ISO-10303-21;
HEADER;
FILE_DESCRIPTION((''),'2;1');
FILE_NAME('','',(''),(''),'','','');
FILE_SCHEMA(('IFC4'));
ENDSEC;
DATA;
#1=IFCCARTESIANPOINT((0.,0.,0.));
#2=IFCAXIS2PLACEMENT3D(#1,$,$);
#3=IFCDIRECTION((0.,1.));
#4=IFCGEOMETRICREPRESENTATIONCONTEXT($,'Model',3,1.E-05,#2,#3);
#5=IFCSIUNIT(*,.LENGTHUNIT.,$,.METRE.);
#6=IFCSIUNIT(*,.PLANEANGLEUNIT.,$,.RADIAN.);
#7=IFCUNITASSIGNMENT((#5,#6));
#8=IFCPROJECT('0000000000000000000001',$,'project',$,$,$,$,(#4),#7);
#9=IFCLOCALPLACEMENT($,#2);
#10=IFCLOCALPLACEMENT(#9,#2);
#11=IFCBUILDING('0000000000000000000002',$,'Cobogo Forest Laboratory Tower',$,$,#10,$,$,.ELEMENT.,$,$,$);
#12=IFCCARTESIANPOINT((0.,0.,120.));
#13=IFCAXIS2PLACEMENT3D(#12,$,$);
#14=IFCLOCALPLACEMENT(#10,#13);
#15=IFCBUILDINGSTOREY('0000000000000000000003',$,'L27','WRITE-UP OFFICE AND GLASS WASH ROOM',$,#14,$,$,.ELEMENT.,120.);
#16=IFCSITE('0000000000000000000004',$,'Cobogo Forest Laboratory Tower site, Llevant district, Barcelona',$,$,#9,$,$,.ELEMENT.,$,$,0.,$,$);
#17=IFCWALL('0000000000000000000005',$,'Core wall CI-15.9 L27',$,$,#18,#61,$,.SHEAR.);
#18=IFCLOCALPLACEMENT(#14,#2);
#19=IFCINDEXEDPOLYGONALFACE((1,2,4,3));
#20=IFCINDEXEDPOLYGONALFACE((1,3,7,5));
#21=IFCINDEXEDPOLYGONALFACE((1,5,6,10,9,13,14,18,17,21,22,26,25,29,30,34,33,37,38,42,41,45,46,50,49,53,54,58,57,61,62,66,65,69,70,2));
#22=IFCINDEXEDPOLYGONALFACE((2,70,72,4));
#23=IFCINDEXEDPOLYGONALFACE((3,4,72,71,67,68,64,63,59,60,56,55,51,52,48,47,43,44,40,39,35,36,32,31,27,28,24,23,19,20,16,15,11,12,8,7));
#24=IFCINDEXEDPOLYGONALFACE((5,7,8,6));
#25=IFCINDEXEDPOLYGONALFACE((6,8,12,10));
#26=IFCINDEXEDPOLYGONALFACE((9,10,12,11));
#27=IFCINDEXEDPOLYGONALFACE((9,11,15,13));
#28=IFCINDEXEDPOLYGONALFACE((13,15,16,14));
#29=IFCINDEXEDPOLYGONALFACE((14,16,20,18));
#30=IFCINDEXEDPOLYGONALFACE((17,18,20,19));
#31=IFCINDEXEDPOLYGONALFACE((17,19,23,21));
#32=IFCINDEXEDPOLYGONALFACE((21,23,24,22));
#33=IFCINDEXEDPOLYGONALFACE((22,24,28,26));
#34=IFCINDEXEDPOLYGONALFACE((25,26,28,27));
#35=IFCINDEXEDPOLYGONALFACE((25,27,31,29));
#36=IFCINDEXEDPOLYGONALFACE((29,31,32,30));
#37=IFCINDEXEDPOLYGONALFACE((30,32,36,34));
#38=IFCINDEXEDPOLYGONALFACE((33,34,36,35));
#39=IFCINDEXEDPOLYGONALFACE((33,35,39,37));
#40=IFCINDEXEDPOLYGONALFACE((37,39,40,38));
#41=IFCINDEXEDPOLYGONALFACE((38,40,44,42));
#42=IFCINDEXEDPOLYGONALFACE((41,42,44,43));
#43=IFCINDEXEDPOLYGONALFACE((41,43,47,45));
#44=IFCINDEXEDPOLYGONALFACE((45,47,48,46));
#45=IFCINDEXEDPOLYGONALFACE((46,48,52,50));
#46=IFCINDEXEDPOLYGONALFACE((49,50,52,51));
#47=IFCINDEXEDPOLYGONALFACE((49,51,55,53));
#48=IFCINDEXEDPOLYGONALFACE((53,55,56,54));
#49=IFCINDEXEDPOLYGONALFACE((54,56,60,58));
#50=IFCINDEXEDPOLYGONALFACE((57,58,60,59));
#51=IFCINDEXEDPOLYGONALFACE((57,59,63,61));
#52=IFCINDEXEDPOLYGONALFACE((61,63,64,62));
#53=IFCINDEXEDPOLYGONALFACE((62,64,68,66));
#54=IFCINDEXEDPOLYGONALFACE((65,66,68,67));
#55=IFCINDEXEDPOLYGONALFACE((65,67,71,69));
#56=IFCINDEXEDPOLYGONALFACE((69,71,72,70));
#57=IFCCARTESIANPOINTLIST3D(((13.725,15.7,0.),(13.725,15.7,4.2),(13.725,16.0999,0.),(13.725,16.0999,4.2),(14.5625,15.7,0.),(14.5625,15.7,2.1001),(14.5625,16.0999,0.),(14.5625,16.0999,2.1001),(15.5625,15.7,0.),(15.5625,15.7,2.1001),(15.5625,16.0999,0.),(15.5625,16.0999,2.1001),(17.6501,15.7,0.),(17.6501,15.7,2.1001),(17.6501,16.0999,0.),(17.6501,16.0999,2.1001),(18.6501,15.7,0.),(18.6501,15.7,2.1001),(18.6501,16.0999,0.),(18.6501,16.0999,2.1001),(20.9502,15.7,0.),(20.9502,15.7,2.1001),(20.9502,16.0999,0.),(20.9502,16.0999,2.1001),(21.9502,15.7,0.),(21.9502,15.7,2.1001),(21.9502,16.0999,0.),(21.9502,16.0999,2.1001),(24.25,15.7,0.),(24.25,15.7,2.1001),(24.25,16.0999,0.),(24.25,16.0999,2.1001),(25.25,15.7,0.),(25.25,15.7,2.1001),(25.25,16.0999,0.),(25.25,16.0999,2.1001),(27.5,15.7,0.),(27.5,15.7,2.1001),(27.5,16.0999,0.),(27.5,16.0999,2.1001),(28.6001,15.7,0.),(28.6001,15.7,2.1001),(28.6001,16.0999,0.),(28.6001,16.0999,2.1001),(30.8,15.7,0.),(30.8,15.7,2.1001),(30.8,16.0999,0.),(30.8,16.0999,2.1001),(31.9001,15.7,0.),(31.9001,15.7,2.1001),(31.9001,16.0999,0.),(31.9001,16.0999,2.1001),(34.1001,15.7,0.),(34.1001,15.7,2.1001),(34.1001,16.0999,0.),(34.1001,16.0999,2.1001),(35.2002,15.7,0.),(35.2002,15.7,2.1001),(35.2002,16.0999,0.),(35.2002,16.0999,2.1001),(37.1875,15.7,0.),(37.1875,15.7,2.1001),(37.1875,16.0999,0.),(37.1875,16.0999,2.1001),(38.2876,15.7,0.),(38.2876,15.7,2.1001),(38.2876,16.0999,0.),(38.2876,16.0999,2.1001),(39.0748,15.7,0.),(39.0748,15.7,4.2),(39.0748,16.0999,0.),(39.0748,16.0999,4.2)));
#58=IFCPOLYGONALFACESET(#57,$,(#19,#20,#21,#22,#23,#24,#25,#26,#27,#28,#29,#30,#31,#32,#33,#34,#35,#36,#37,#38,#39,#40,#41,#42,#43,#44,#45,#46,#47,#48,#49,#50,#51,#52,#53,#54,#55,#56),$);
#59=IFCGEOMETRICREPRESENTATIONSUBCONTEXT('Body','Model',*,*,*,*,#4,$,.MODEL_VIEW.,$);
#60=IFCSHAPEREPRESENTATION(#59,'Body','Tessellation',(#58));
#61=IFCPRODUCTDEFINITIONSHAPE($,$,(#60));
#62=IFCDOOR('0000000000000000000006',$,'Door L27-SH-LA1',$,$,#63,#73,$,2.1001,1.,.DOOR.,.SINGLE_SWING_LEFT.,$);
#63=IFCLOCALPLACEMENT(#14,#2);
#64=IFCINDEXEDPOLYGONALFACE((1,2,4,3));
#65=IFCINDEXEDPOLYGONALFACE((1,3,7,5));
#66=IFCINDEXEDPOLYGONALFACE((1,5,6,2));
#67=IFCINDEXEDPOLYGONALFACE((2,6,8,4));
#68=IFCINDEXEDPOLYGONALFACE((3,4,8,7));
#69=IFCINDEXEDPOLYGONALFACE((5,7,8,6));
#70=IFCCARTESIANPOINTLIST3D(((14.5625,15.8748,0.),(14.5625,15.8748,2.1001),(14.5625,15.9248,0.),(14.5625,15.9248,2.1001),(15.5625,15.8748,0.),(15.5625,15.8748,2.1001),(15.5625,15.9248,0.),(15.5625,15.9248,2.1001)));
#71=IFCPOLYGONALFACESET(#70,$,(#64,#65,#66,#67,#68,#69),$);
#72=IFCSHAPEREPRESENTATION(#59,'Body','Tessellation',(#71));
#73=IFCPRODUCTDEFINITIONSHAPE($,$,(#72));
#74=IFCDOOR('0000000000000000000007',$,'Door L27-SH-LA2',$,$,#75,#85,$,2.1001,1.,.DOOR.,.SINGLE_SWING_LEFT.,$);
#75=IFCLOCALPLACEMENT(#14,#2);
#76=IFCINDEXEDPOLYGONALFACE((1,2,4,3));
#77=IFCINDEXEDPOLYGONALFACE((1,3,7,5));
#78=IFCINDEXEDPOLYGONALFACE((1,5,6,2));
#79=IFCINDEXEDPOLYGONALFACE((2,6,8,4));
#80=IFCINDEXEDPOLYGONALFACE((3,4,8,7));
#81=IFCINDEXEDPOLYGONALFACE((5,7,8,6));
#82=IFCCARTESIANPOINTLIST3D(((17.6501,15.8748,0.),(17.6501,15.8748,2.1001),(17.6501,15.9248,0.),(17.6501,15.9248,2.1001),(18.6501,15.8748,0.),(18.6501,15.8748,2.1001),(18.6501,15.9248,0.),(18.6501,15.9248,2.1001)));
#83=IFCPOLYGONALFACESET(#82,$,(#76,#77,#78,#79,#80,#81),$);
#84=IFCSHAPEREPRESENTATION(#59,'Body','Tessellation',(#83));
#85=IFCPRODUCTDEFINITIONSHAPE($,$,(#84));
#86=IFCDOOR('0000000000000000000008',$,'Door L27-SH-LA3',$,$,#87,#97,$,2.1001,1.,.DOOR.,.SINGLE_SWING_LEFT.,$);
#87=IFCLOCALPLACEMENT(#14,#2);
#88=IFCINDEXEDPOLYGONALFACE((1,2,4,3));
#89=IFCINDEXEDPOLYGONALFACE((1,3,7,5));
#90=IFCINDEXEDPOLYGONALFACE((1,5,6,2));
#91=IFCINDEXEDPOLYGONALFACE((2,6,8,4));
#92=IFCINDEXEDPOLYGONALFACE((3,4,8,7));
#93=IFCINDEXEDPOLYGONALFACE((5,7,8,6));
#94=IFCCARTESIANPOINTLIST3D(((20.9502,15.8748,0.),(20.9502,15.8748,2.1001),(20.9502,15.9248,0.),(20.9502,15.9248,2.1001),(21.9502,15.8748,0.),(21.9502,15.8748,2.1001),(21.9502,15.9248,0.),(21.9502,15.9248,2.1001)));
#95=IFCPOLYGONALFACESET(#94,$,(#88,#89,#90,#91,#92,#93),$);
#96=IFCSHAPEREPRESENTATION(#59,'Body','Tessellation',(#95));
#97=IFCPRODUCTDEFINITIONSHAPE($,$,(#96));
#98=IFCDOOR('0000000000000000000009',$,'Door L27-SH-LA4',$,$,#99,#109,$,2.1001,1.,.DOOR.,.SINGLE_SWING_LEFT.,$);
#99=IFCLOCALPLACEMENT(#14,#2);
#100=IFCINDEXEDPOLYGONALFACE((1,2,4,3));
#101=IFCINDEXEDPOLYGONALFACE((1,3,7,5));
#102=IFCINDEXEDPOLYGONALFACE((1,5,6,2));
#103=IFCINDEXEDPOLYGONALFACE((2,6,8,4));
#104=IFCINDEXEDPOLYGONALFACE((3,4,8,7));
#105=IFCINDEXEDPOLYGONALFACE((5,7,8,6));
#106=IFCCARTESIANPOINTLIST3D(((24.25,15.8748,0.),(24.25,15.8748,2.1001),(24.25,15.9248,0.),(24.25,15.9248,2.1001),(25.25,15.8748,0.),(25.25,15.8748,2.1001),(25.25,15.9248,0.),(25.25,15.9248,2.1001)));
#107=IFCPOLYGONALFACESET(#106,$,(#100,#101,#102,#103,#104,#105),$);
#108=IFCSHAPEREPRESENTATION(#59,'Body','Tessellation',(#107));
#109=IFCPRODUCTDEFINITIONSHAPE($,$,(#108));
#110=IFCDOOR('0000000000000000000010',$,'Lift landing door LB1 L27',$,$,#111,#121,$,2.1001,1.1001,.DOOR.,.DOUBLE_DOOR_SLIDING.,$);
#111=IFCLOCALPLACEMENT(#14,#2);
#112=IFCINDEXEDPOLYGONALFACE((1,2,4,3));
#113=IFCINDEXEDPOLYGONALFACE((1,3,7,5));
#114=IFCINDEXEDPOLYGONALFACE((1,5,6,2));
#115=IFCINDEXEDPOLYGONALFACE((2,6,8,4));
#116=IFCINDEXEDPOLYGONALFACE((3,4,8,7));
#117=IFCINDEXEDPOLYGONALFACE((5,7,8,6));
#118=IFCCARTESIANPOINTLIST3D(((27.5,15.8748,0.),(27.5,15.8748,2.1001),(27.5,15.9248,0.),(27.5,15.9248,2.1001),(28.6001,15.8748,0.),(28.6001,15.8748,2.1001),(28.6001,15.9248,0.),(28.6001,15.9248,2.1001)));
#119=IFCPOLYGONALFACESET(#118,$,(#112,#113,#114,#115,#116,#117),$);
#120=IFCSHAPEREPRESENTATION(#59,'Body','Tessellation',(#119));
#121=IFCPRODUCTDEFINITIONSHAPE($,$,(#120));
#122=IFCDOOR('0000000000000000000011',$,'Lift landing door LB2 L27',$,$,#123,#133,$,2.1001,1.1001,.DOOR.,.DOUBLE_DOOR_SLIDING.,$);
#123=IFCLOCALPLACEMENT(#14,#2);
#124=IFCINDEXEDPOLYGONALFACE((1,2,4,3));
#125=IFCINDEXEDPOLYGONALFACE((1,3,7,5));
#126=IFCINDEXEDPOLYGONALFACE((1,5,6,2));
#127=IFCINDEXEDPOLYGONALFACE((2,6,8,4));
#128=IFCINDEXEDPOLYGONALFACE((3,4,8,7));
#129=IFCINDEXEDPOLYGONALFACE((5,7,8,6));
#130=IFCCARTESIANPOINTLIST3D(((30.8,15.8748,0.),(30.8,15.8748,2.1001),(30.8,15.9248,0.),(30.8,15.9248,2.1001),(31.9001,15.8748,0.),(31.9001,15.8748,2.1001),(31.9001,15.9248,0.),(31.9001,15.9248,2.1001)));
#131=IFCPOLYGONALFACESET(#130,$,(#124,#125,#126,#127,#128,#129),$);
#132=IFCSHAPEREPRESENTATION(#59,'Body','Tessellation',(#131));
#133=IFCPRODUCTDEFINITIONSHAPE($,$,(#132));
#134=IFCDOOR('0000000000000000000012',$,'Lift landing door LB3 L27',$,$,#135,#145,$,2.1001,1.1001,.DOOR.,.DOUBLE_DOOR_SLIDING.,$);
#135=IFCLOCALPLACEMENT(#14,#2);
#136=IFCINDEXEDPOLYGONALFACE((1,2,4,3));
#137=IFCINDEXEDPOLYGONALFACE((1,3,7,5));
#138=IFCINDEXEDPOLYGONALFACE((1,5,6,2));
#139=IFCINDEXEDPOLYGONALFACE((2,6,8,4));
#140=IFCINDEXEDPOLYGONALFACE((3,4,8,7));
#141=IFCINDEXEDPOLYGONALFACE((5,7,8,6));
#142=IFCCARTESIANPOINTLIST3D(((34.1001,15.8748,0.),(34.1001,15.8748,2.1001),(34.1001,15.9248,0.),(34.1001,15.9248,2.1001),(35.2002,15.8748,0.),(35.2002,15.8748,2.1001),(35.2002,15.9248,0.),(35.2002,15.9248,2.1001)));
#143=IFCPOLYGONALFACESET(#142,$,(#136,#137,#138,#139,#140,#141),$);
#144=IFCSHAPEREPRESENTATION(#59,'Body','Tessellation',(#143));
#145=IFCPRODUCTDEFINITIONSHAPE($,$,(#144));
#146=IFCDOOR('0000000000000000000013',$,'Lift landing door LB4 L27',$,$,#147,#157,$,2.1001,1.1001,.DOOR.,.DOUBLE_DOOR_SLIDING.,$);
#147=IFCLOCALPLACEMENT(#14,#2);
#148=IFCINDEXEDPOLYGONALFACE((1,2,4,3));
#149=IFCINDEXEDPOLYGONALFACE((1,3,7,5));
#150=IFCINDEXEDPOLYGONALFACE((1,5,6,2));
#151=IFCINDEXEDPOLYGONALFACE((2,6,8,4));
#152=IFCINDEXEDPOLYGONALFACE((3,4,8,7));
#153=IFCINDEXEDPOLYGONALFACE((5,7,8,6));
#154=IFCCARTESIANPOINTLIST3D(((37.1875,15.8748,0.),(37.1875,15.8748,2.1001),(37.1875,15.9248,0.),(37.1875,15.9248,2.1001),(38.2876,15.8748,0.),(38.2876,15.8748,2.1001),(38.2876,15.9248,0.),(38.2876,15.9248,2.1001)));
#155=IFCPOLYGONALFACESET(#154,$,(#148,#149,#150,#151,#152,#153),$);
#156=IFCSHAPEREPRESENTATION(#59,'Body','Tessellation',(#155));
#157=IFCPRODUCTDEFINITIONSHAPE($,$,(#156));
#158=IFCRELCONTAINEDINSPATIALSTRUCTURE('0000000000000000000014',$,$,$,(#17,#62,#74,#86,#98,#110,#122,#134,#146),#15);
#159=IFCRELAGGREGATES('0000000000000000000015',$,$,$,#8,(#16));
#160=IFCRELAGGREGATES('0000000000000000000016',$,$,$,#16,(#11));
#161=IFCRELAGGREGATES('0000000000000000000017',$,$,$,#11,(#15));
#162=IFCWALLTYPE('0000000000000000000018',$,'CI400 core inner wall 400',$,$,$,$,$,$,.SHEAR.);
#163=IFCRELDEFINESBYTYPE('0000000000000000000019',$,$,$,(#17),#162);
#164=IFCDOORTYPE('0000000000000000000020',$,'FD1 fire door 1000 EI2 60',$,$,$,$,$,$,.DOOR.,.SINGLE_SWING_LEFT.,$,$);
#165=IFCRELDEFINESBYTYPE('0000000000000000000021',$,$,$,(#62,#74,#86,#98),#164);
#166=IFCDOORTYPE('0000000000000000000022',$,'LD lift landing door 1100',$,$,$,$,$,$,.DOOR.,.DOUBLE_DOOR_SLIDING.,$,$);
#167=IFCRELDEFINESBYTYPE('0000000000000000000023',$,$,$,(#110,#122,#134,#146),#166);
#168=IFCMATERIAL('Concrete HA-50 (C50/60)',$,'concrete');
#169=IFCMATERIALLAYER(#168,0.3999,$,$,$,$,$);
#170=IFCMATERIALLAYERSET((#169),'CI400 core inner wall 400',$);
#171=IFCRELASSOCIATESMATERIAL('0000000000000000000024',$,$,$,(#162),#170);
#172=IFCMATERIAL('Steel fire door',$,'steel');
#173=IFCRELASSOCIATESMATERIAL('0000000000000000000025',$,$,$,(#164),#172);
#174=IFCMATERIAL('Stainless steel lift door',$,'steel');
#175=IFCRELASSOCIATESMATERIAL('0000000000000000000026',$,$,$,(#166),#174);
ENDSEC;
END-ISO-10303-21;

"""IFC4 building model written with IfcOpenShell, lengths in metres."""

from ifc_helpers import new_model, si_unit, direction, frame, frame_2d, origin, place, context, subcontext, project, spatial, rectangle, extrude, material, layer, layer_set, type_object, element, fill, save


model = new_model("IFC4")

# Units and contexts
model_context = context("Model", 3, precision=1e-05, world=origin(), true_north=direction((0.0, 1.0)))
body_context = subcontext(model_context, "Body", "Model", "MODEL_VIEW")
ifc_project = project(units=[si_unit("LENGTHUNIT", "METRE"), si_unit("PLANEANGLEUNIT", "RADIAN")], contexts=[model_context])

# Site, building, storey
site_placement = place(None, origin())
site = spatial("IfcSite", under=ifc_project, at=site_placement, Name="Cobogo Forest Laboratory Tower site, Llevant district, Barcelona", CompositionType="ELEMENT", RefElevation=0.0)
building_placement = place(site_placement, origin())
building = spatial("IfcBuilding", under=site, at=building_placement, Name="Cobogo Forest Laboratory Tower", CompositionType="ELEMENT")
storey_placement = place(building_placement, frame((0.0, 0.0, 120.0)))
storey = spatial("IfcBuildingStorey", under=building, at=storey_placement, Name="L27", Description="WRITE-UP OFFICE AND GLASS WASH ROOM", CompositionType="ELEMENT", Elevation=120.0)

# Wall, openings, doors
ifc_material_1 = material(Name="Concrete HA-50 (C50/60)", Category="concrete")
ifc_layer_1 = layer(ifc_material_1, 0.3999)
ifc_layer_set_1 = layer_set([ifc_layer_1], Name="CI400 core inner wall 400")
wall_type_1 = type_object("IfcWallType", Name="CI400 core inner wall 400", PredefinedType="SHEAR", material=ifc_layer_set_1)
wall_1_placement = place(storey_placement, frame((13.7251, 15.8999, 0.0), z_axis=(0.0, 0.0, 1.0), x_axis=(1.0, 0.0, 0.0)))
wall_1 = element("IfcWall", 1, at=wall_1_placement, inside=storey, type_object=wall_type_1, Name="Core wall CI-15.9 L27", PredefinedType="SHEAR", context=body_context, shape_type="SweptSolid", body=[
    extrude(rectangle(XDim=25.3499, YDim=0.3999, at=frame_2d((12.6748, 0.0))), origin(), (0.0, 0.0, 1.0), 4.2),
])
opening_1_placement = place(wall_1_placement, frame((0.8374, 0.0, 0.0)))
opening_1 = element("IfcOpeningElement", 2, at=opening_1_placement, cuts=wall_1, PredefinedType="OPENING", context=body_context, shape_type="SweptSolid", body=[
    extrude(rectangle(XDim=1.0, YDim=2.1001, at=frame_2d((0.5, 1.05))), frame((0.0, 0.21, 0.0), z_axis=(0.0, -1.0, 0.0), x_axis=(1.0, 0.0, 0.0)), (0.0, 0.0, 1.0), 0.4199),
])
opening_2_placement = place(wall_1_placement, frame((3.925, 0.0, 0.0)))
opening_2 = element("IfcOpeningElement", 3, at=opening_2_placement, cuts=wall_1, PredefinedType="OPENING", context=body_context, shape_type="SweptSolid", body=[
    extrude(rectangle(XDim=1.0, YDim=2.1001, at=frame_2d((0.5, 1.05))), frame((0.0, 0.21, 0.0), z_axis=(0.0, -1.0, 0.0), x_axis=(1.0, 0.0, 0.0)), (0.0, 0.0, 1.0), 0.4199),
])
opening_3_placement = place(wall_1_placement, frame((7.2251, 0.0, 0.0)))
opening_3 = element("IfcOpeningElement", 4, at=opening_3_placement, cuts=wall_1, PredefinedType="OPENING", context=body_context, shape_type="SweptSolid", body=[
    extrude(rectangle(XDim=1.0, YDim=2.1001, at=frame_2d((0.5, 1.05))), frame((0.0, 0.21, 0.0), z_axis=(0.0, -1.0, 0.0), x_axis=(1.0, 0.0, 0.0)), (0.0, 0.0, 1.0), 0.4199),
])
opening_4_placement = place(wall_1_placement, frame((10.5249, 0.0, 0.0)))
opening_4 = element("IfcOpeningElement", 5, at=opening_4_placement, cuts=wall_1, PredefinedType="OPENING", context=body_context, shape_type="SweptSolid", body=[
    extrude(rectangle(XDim=1.0, YDim=2.1001, at=frame_2d((0.5, 1.05))), frame((0.0, 0.21, 0.0), z_axis=(0.0, -1.0, 0.0), x_axis=(1.0, 0.0, 0.0)), (0.0, 0.0, 1.0), 0.4199),
])
opening_5_placement = place(wall_1_placement, frame((13.7749, 0.0, 0.0)))
opening_5 = element("IfcOpeningElement", 6, at=opening_5_placement, cuts=wall_1, PredefinedType="OPENING", context=body_context, shape_type="SweptSolid", body=[
    extrude(rectangle(XDim=1.1001, YDim=2.1001, at=frame_2d((0.55, 1.05))), frame((0.0, 0.21, 0.0), z_axis=(0.0, -1.0, 0.0), x_axis=(1.0, 0.0, 0.0)), (0.0, 0.0, 1.0), 0.4199),
])
opening_6_placement = place(wall_1_placement, frame((17.075, 0.0, 0.0)))
opening_6 = element("IfcOpeningElement", 7, at=opening_6_placement, cuts=wall_1, PredefinedType="OPENING", context=body_context, shape_type="SweptSolid", body=[
    extrude(rectangle(XDim=1.1001, YDim=2.1001, at=frame_2d((0.55, 1.05))), frame((0.0, 0.21, 0.0), z_axis=(0.0, -1.0, 0.0), x_axis=(1.0, 0.0, 0.0)), (0.0, 0.0, 1.0), 0.4199),
])
opening_7_placement = place(wall_1_placement, frame((20.375, 0.0, 0.0)))
opening_7 = element("IfcOpeningElement", 8, at=opening_7_placement, cuts=wall_1, PredefinedType="OPENING", context=body_context, shape_type="SweptSolid", body=[
    extrude(rectangle(XDim=1.1001, YDim=2.1001, at=frame_2d((0.55, 1.05))), frame((0.0, 0.21, 0.0), z_axis=(0.0, -1.0, 0.0), x_axis=(1.0, 0.0, 0.0)), (0.0, 0.0, 1.0), 0.4199),
])
opening_8_placement = place(wall_1_placement, frame((23.4624, 0.0, 0.0)))
opening_8 = element("IfcOpeningElement", 9, at=opening_8_placement, cuts=wall_1, PredefinedType="OPENING", context=body_context, shape_type="SweptSolid", body=[
    extrude(rectangle(XDim=1.1001, YDim=2.1001, at=frame_2d((0.55, 1.05))), frame((0.0, 0.21, 0.0), z_axis=(0.0, -1.0, 0.0), x_axis=(1.0, 0.0, 0.0)), (0.0, 0.0, 1.0), 0.4199),
])
ifc_material_2 = material(Name="Steel fire door", Category="steel")
door_type_1 = type_object("IfcDoorType", Name="FD1 fire door 1000 EI2 60", OperationType="SINGLE_SWING_LEFT", PredefinedType="DOOR", material=ifc_material_2)
door_1_placement = place(opening_1_placement, origin())
door_1 = element("IfcDoor", 10, at=door_1_placement, inside=storey, type_object=door_type_1, Name="Door L27-SH-LA1", OperationType="SINGLE_SWING_LEFT", OverallHeight=2.1001, OverallWidth=1.0, PredefinedType="DOOR", context=body_context, shape_type="SweptSolid", body=[
    extrude(rectangle(XDim=1.0, YDim=2.1001, at=frame_2d((0.5, 1.05))), frame((0.0, 0.0249, 0.0), z_axis=(0.0, -1.0, 0.0), x_axis=(1.0, 0.0, 0.0)), (0.0, 0.0, 1.0), 0.05),
])
fill(opening_1, door_1)
door_2_placement = place(opening_2_placement, origin())
door_2 = element("IfcDoor", 11, at=door_2_placement, inside=storey, type_object=door_type_1, Name="Door L27-SH-LA2", OperationType="SINGLE_SWING_LEFT", OverallHeight=2.1001, OverallWidth=1.0, PredefinedType="DOOR", context=body_context, shape_type="SweptSolid", body=[
    extrude(rectangle(XDim=1.0, YDim=2.1001, at=frame_2d((0.5, 1.05))), frame((0.0, 0.0249, 0.0), z_axis=(0.0, -1.0, 0.0), x_axis=(1.0, 0.0, 0.0)), (0.0, 0.0, 1.0), 0.05),
])
fill(opening_2, door_2)
door_3_placement = place(opening_3_placement, origin())
door_3 = element("IfcDoor", 12, at=door_3_placement, inside=storey, type_object=door_type_1, Name="Door L27-SH-LA3", OperationType="SINGLE_SWING_LEFT", OverallHeight=2.1001, OverallWidth=1.0, PredefinedType="DOOR", context=body_context, shape_type="SweptSolid", body=[
    extrude(rectangle(XDim=1.0, YDim=2.1001, at=frame_2d((0.5, 1.05))), frame((0.0, 0.0249, 0.0), z_axis=(0.0, -1.0, 0.0), x_axis=(1.0, 0.0, 0.0)), (0.0, 0.0, 1.0), 0.05),
])
fill(opening_3, door_3)
door_4_placement = place(opening_4_placement, origin())
door_4 = element("IfcDoor", 13, at=door_4_placement, inside=storey, type_object=door_type_1, Name="Door L27-SH-LA4", OperationType="SINGLE_SWING_LEFT", OverallHeight=2.1001, OverallWidth=1.0, PredefinedType="DOOR", context=body_context, shape_type="SweptSolid", body=[
    extrude(rectangle(XDim=1.0, YDim=2.1001, at=frame_2d((0.5, 1.05))), frame((0.0, 0.0249, 0.0), z_axis=(0.0, -1.0, 0.0), x_axis=(1.0, 0.0, 0.0)), (0.0, 0.0, 1.0), 0.05),
])
fill(opening_4, door_4)
ifc_material_3 = material(Name="Stainless steel lift door", Category="steel")
door_type_2 = type_object("IfcDoorType", Name="LD lift landing door 1100", OperationType="DOUBLE_DOOR_SLIDING", PredefinedType="DOOR", material=ifc_material_3)
door_5_placement = place(opening_5_placement, origin())
door_5 = element("IfcDoor", 14, at=door_5_placement, inside=storey, type_object=door_type_2, Name="Lift landing door LB1 L27", OperationType="DOUBLE_DOOR_SLIDING", OverallHeight=2.1001, OverallWidth=1.1001, PredefinedType="DOOR", context=body_context, shape_type="SweptSolid", body=[
    extrude(rectangle(XDim=1.1001, YDim=2.1001, at=frame_2d((0.55, 1.05))), frame((0.0, 0.0249, 0.0), z_axis=(0.0, -1.0, 0.0), x_axis=(1.0, 0.0, 0.0)), (0.0, 0.0, 1.0), 0.05),
])
fill(opening_5, door_5)
door_6_placement = place(opening_6_placement, origin())
door_6 = element("IfcDoor", 15, at=door_6_placement, inside=storey, type_object=door_type_2, Name="Lift landing door LB2 L27", OperationType="DOUBLE_DOOR_SLIDING", OverallHeight=2.1001, OverallWidth=1.1001, PredefinedType="DOOR", context=body_context, shape_type="SweptSolid", body=[
    extrude(rectangle(XDim=1.1001, YDim=2.1001, at=frame_2d((0.55, 1.05))), frame((0.0, 0.0249, 0.0), z_axis=(0.0, -1.0, 0.0), x_axis=(1.0, 0.0, 0.0)), (0.0, 0.0, 1.0), 0.05),
])
fill(opening_6, door_6)
door_7_placement = place(opening_7_placement, origin())
door_7 = element("IfcDoor", 16, at=door_7_placement, inside=storey, type_object=door_type_2, Name="Lift landing door LB3 L27", OperationType="DOUBLE_DOOR_SLIDING", OverallHeight=2.1001, OverallWidth=1.1001, PredefinedType="DOOR", context=body_context, shape_type="SweptSolid", body=[
    extrude(rectangle(XDim=1.1001, YDim=2.1001, at=frame_2d((0.55, 1.05))), frame((0.0, 0.0249, 0.0), z_axis=(0.0, -1.0, 0.0), x_axis=(1.0, 0.0, 0.0)), (0.0, 0.0, 1.0), 0.05),
])
fill(opening_7, door_7)
door_8_placement = place(opening_8_placement, origin())
door_8 = element("IfcDoor", 17, at=door_8_placement, inside=storey, type_object=door_type_2, Name="Lift landing door LB4 L27", OperationType="DOUBLE_DOOR_SLIDING", OverallHeight=2.1001, OverallWidth=1.1001, PredefinedType="DOOR", context=body_context, shape_type="SweptSolid", body=[
    extrude(rectangle(XDim=1.1001, YDim=2.1001, at=frame_2d((0.55, 1.05))), frame((0.0, 0.0249, 0.0), z_axis=(0.0, -1.0, 0.0), x_axis=(1.0, 0.0, 0.0)), (0.0, 0.0, 1.0), 0.05),
])
fill(opening_8, door_8)

save(model, "model.ifc")
